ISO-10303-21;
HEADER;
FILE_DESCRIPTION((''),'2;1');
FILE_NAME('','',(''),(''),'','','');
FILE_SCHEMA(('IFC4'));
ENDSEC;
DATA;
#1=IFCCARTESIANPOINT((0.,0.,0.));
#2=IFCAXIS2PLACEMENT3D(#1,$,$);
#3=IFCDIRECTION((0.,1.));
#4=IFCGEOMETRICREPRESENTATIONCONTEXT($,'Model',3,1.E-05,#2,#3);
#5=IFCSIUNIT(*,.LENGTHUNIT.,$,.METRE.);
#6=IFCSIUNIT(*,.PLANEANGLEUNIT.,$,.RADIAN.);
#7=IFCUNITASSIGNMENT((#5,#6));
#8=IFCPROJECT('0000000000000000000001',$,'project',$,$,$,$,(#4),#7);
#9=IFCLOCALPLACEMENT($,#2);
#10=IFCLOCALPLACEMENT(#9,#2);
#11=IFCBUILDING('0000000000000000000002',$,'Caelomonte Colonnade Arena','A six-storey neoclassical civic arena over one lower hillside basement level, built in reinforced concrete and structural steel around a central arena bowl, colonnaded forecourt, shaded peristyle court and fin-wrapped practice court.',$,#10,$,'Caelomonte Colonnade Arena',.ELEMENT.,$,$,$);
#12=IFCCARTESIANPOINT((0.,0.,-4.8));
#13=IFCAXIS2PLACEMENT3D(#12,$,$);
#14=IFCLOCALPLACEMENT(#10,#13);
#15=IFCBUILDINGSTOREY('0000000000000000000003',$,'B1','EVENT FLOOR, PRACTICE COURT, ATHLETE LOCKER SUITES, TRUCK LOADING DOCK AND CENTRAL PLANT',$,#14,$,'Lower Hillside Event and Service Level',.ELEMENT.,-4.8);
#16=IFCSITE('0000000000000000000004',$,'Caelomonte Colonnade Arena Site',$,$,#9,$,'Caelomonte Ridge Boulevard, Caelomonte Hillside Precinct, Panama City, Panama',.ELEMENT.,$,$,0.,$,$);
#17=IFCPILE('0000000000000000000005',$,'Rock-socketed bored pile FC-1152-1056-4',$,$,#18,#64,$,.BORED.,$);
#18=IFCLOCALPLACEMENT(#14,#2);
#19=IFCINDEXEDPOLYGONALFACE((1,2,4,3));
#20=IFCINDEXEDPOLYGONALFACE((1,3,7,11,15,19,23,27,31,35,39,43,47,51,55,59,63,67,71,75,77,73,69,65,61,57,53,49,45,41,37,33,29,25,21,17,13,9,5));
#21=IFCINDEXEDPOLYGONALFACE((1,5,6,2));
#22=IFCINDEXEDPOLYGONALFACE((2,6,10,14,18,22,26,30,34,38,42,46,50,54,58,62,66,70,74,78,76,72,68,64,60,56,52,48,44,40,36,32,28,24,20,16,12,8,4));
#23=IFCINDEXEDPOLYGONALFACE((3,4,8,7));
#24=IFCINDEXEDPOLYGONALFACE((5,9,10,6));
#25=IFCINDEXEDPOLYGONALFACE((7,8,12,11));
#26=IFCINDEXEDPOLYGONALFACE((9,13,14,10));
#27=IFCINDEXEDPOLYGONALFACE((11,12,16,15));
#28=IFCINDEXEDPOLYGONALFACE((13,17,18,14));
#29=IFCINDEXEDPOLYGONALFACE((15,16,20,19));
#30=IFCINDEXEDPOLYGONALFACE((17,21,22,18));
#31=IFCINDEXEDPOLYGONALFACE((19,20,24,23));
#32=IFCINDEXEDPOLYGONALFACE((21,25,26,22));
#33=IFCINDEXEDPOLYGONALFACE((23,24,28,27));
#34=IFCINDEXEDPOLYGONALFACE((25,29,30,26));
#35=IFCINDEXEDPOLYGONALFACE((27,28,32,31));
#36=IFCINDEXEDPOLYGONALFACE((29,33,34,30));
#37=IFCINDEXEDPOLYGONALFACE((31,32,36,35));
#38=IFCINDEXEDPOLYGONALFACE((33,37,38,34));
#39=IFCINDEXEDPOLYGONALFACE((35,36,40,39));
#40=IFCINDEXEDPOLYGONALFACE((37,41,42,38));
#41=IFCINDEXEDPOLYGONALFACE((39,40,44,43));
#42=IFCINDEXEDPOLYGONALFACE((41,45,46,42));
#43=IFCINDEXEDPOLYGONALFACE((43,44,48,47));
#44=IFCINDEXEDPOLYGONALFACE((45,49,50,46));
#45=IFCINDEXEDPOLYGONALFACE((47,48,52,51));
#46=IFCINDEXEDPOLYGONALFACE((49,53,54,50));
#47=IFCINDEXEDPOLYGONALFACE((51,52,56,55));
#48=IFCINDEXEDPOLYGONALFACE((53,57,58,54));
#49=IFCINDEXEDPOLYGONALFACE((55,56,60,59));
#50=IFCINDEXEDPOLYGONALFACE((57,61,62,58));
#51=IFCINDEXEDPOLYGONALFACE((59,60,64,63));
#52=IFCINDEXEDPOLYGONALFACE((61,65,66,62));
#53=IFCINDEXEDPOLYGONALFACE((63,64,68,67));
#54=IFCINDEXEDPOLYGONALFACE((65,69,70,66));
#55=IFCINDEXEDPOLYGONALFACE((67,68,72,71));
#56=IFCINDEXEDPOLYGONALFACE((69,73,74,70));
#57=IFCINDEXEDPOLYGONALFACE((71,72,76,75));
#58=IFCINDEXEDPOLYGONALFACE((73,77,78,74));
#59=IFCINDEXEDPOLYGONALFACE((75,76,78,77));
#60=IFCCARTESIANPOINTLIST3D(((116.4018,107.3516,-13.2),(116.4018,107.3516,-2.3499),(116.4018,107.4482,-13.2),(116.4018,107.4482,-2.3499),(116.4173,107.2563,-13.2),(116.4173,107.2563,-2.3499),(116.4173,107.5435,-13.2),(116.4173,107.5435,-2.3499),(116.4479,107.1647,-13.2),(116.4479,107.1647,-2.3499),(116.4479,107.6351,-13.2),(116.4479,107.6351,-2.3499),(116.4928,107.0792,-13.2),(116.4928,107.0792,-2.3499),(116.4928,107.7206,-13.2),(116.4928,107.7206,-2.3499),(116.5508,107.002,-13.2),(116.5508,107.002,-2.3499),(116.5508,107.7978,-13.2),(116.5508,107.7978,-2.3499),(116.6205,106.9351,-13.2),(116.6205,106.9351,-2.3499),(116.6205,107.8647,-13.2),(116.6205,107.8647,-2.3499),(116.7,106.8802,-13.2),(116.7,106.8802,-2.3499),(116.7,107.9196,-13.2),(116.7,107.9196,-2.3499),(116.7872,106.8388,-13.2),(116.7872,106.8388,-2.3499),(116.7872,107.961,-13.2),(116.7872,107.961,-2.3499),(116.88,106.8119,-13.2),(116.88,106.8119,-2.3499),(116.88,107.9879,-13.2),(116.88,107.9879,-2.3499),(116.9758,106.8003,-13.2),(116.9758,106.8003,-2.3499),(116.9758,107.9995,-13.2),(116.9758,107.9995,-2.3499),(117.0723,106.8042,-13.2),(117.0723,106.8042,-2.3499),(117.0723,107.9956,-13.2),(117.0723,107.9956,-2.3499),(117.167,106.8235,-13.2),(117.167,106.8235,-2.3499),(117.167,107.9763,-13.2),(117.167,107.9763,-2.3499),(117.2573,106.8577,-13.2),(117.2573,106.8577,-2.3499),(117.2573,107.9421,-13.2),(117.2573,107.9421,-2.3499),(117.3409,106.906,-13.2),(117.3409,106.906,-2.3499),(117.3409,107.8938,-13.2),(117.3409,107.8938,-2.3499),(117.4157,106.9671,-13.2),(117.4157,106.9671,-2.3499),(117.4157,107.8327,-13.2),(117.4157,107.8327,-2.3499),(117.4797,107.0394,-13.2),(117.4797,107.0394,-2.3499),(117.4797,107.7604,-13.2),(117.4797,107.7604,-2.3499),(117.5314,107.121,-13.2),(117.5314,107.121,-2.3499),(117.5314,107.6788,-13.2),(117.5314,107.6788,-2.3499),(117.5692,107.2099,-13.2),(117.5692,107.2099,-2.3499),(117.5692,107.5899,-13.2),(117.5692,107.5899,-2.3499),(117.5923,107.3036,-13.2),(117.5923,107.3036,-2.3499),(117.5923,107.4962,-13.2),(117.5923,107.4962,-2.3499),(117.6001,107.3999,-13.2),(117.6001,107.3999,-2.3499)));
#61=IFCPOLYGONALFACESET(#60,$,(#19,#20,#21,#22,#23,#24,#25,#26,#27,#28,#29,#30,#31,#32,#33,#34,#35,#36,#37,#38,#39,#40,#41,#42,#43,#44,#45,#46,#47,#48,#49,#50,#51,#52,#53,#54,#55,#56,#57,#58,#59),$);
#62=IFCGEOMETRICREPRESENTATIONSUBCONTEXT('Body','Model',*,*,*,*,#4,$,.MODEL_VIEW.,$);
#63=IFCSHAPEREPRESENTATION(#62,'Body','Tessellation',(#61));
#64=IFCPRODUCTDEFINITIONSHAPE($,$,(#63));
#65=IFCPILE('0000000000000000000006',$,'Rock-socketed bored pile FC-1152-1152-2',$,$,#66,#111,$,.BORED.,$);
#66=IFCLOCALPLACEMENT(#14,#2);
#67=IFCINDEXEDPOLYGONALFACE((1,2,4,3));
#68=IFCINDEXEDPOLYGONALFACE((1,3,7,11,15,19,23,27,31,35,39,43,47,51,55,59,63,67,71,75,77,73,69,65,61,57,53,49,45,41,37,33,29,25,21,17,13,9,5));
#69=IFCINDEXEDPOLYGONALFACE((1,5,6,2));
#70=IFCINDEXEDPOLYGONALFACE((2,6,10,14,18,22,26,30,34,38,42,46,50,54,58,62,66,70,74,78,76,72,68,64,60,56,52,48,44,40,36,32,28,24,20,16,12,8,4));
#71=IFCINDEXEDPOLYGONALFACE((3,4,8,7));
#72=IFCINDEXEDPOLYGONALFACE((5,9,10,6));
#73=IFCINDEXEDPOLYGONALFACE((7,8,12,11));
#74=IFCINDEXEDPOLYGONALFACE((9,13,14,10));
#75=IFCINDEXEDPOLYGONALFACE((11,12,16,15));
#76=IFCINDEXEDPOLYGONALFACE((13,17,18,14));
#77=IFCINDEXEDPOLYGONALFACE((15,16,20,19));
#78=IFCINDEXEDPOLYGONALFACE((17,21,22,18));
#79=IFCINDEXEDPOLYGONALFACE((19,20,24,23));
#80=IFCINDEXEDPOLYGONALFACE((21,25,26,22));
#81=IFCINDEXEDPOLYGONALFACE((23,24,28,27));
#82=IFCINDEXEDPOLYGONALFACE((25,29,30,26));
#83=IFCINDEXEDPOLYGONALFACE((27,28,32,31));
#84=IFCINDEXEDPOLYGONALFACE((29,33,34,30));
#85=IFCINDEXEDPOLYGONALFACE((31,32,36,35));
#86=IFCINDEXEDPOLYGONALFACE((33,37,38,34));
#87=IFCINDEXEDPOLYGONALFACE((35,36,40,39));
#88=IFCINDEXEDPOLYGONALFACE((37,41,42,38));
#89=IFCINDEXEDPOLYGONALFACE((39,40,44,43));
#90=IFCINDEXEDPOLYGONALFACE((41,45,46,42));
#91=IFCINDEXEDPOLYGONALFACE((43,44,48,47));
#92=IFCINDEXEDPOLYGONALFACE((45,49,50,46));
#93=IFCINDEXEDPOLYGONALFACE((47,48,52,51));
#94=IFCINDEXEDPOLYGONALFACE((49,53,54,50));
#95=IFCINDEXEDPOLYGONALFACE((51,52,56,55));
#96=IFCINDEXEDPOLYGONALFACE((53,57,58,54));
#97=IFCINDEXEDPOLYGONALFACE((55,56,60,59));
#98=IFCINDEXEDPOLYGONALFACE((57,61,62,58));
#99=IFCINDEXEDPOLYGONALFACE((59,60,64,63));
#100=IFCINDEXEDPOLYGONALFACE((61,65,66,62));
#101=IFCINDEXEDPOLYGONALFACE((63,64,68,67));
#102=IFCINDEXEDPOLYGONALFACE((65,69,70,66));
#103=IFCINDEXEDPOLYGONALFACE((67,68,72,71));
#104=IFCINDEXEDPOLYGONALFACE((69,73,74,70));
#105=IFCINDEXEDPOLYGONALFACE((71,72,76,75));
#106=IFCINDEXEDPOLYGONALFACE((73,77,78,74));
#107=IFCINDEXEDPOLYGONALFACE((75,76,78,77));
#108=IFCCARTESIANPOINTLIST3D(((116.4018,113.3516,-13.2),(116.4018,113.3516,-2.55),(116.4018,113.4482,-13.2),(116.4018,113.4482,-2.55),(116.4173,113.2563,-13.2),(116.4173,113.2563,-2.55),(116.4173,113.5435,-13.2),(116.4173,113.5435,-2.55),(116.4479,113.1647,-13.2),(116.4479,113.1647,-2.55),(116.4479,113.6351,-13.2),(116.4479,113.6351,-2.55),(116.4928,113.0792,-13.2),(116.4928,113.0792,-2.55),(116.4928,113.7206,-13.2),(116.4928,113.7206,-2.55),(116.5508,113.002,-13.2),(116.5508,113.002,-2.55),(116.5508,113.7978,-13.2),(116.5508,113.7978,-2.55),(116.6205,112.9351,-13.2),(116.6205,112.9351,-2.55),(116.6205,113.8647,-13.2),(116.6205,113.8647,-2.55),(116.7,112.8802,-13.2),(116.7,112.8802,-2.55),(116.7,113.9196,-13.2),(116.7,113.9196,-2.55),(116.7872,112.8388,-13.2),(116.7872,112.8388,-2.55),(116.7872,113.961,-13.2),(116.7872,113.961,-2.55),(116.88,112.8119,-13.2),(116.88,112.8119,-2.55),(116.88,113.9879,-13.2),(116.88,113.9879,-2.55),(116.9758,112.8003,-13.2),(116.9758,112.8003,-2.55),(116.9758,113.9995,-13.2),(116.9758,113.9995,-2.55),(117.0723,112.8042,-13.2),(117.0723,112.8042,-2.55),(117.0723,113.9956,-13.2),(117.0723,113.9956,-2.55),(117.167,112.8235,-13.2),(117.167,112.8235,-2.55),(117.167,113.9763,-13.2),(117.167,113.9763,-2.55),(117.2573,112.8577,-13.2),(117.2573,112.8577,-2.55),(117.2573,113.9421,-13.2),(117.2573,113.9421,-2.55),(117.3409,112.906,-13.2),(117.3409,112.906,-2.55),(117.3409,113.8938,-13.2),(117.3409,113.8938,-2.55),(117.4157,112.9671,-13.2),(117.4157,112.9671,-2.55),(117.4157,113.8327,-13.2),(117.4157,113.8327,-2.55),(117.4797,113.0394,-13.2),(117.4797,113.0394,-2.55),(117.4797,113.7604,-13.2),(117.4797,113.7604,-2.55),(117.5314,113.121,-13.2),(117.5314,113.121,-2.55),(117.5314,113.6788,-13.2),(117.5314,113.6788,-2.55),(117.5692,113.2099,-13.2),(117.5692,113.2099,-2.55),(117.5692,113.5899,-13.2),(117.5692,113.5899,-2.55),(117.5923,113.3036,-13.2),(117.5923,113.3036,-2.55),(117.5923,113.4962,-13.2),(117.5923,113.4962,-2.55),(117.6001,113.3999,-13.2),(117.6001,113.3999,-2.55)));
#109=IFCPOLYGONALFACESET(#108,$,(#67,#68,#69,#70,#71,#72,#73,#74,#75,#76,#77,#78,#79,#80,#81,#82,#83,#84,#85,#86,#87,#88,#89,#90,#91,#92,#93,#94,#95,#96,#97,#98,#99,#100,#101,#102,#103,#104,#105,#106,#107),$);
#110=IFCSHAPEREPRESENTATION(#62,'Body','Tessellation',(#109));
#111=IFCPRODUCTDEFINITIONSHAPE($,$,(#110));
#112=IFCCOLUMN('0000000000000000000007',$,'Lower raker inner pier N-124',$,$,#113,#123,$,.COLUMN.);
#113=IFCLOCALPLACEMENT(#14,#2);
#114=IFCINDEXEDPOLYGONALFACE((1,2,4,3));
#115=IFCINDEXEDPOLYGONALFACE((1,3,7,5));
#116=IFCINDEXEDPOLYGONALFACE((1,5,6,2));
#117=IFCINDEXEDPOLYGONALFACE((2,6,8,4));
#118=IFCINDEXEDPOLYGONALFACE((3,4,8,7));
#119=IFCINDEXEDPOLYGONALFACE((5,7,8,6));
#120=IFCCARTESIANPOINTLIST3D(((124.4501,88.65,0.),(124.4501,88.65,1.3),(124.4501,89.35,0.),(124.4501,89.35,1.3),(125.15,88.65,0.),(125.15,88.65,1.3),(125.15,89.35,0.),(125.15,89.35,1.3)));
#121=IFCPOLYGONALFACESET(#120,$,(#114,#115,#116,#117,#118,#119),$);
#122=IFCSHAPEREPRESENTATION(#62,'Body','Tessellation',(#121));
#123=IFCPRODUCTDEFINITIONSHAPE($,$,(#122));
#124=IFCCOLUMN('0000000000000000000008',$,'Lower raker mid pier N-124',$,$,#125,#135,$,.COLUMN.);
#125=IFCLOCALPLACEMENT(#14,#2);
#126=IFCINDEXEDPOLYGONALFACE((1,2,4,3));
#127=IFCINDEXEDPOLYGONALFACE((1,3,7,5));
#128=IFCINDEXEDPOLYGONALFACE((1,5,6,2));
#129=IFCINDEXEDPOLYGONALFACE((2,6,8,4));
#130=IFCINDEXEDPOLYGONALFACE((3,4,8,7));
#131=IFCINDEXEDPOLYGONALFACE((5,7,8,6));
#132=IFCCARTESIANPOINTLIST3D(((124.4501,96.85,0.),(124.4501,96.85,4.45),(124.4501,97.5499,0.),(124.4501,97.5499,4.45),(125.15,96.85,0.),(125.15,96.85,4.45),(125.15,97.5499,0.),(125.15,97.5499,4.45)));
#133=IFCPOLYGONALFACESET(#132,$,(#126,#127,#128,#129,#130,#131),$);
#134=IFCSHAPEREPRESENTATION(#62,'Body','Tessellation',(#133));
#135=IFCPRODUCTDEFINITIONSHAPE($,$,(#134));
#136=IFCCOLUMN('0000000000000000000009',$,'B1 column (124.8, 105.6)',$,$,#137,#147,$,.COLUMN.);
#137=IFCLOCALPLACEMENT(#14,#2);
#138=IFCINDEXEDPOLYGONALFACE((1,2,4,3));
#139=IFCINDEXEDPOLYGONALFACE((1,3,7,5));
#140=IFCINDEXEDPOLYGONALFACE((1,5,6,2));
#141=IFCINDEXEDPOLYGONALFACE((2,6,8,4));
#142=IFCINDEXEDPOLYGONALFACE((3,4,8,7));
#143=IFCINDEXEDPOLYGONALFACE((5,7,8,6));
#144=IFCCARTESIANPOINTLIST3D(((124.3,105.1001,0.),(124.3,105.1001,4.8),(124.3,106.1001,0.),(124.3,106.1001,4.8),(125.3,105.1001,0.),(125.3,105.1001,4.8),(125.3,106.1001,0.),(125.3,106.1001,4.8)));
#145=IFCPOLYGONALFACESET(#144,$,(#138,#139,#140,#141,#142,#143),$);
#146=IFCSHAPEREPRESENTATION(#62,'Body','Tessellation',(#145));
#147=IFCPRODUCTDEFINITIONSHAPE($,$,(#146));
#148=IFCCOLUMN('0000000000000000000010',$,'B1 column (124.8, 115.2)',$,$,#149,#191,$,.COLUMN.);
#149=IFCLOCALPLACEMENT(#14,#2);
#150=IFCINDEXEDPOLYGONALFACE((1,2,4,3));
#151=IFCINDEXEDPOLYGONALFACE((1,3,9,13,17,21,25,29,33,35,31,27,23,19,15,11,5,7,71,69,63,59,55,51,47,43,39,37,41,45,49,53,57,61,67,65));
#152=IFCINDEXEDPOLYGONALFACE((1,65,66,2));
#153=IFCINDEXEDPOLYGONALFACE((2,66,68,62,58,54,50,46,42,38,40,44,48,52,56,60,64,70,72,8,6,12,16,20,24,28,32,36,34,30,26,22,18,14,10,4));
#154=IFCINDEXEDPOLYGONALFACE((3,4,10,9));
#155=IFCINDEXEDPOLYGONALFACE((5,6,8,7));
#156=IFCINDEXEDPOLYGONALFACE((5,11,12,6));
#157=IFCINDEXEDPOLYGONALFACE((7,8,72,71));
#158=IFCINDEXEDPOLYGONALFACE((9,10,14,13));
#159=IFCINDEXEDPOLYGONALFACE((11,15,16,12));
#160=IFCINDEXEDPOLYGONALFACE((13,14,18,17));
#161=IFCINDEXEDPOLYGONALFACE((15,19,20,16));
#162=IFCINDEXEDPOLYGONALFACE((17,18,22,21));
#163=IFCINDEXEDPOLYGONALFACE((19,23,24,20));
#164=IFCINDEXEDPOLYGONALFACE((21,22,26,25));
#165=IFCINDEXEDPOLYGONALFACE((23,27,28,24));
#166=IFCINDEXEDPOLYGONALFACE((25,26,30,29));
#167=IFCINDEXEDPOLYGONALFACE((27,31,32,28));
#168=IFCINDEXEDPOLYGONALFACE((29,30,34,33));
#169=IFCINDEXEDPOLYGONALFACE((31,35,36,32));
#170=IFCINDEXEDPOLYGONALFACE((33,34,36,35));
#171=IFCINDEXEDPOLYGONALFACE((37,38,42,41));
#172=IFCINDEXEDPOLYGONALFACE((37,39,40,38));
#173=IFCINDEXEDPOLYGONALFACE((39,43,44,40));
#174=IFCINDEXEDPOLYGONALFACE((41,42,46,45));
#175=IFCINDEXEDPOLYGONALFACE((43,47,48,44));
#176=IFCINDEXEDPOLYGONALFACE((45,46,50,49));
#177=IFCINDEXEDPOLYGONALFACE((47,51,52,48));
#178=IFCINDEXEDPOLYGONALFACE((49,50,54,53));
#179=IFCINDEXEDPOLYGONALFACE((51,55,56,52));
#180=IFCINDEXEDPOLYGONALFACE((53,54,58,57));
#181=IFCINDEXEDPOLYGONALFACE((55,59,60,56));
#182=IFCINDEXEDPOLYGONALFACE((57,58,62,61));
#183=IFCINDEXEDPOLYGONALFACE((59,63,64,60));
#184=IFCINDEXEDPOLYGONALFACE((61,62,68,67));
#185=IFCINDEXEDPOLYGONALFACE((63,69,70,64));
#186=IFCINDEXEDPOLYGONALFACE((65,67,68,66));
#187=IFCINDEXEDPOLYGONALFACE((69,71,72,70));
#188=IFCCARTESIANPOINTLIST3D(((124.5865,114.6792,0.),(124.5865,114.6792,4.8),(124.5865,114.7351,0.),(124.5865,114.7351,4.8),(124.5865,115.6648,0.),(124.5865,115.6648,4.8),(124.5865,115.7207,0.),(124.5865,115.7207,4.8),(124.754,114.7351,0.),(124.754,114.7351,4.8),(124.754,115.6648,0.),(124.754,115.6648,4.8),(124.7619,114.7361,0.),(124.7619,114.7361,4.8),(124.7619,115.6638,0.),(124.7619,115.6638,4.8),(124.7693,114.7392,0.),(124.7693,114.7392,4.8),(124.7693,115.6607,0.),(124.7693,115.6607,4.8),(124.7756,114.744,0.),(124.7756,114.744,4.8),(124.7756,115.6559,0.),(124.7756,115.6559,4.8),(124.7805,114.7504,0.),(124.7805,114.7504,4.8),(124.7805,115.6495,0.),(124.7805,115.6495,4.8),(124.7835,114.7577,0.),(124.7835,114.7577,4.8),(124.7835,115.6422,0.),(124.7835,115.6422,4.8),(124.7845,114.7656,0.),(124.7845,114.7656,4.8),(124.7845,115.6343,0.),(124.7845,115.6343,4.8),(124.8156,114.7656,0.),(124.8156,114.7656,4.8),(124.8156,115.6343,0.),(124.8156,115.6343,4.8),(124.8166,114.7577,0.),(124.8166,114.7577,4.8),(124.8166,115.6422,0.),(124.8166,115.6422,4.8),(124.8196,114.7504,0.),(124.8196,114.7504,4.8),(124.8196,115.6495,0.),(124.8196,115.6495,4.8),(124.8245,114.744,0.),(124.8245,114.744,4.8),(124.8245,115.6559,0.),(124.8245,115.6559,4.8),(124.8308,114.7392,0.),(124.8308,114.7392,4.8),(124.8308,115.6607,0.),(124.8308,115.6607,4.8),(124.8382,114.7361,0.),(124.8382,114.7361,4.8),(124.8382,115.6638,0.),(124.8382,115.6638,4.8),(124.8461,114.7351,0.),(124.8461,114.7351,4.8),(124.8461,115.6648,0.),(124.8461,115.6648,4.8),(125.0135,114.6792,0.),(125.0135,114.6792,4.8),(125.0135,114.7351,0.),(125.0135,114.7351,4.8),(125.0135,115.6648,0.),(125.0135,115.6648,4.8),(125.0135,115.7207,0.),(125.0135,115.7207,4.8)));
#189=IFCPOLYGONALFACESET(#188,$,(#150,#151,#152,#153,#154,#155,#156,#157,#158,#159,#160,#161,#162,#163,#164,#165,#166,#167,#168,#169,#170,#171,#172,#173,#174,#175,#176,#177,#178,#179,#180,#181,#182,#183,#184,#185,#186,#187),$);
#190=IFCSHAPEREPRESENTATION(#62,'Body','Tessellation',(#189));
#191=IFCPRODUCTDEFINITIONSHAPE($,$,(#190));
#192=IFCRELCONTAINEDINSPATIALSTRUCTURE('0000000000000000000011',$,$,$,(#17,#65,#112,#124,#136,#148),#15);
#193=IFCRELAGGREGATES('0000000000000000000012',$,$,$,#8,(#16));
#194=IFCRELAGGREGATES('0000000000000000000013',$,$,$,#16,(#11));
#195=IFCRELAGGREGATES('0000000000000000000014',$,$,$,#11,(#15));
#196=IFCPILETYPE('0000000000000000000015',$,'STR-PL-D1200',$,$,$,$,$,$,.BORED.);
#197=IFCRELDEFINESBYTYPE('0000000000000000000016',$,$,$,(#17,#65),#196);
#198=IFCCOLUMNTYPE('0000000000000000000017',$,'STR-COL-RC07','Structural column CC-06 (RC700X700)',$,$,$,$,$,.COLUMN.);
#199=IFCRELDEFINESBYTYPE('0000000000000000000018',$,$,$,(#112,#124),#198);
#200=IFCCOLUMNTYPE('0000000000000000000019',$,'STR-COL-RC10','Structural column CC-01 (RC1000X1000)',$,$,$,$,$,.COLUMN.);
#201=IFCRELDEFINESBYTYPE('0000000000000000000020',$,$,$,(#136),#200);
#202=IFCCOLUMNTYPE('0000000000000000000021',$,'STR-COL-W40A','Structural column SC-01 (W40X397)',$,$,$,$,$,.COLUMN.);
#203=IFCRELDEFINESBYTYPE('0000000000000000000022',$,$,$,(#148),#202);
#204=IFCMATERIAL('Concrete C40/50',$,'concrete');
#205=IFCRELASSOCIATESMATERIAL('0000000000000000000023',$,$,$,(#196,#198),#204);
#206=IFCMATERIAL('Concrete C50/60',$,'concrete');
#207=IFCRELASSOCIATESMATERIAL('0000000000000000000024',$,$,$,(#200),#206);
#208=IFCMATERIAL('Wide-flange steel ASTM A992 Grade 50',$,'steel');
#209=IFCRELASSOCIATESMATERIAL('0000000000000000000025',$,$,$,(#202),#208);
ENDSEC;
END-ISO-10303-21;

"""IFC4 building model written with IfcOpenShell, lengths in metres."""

from ifc_helpers import new_model, si_unit, direction, frame, origin, origin_2d, place, context, subcontext, project, spatial, rectangle, circle, i_section, extrude, material, material_profile, profile_set, type_object, element, save


model = new_model("IFC4")

# Units and contexts
model_context = context("Model", 3, precision=1e-05, world=origin(), true_north=direction((0.0, 1.0)))
body_context = subcontext(model_context, "Body", "Model", "MODEL_VIEW")
ifc_project = project(units=[si_unit("LENGTHUNIT", "METRE"), si_unit("PLANEANGLEUNIT", "RADIAN")], contexts=[model_context])

# Site, building, storey
site_placement = place(None, origin())
site = spatial("IfcSite", under=ifc_project, at=site_placement, Name="Caelomonte Colonnade Arena Site", LongName="Caelomonte Ridge Boulevard, Caelomonte Hillside Precinct, Panama City, Panama", CompositionType="ELEMENT", RefElevation=0.0)
building_placement = place(site_placement, origin())
building = spatial("IfcBuilding", under=site, at=building_placement, Name="Caelomonte Colonnade Arena", Description="A six-storey neoclassical civic arena over one lower hillside basement level, built in reinforced concrete and structural steel around a central arena bowl, colonnaded forecourt, shaded peristyle court and fin-wrapped practice court.", LongName="Caelomonte Colonnade Arena", CompositionType="ELEMENT")
storey_placement = place(building_placement, frame((0.0, 0.0, -4.8)))
storey = spatial("IfcBuildingStorey", under=building, at=storey_placement, Name="B1", Description="EVENT FLOOR, PRACTICE COURT, ATHLETE LOCKER SUITES, TRUCK LOADING DOCK AND CENTRAL PLANT", LongName="Lower Hillside Event and Service Level", CompositionType="ELEMENT", Elevation=-4.8)

# Shared definitions
ifc_material_1 = material(Name="Concrete C40/50", Category="concrete")

# Piles
ifc_material_profile_1 = material_profile(ifc_material_1, circle(Radius=0.6001, at=origin_2d()), Name="PILE-D1200")
ifc_profile_set_1 = profile_set([ifc_material_profile_1], Name="Concrete C40/50")
pile_type_1 = type_object("IfcPileType", Name="STR-PL-D1200", PredefinedType="BORED", material=ifc_profile_set_1)
for number, where, z_axis, x_axis, name in (
    (1, (117.0, 107.3999, -2.3499), (0.0, 0.0, -1.0), (1.0, 0.0, 0.0), "Rock-socketed bored pile FC-1152-1056-4"),
):
    element("IfcPile", number, at=place(storey_placement, frame(where, z_axis=z_axis, x_axis=x_axis)), inside=storey, type_object=pile_type_1, Name=name, PredefinedType="BORED", context=body_context, shape_type="SweptSolid", body=[
        extrude(circle(Radius=0.6001, at=origin_2d()), origin(), (0.0, 0.0, 1.0), 10.8501),
    ])
pile_placement = place(storey_placement, frame((117.0, 113.3999, -2.55), z_axis=(0.0, 0.0, -1.0), x_axis=(1.0, 0.0, 0.0)))
element("IfcPile", 2, at=pile_placement, inside=storey, type_object=pile_type_1, Name="Rock-socketed bored pile FC-1152-1152-2", PredefinedType="BORED", context=body_context, shape_type="SweptSolid", body=[
    extrude(circle(Radius=0.6001, at=origin_2d()), origin(), (0.0, 0.0, 1.0), 10.6499),
])

# Columns
ifc_material_profile_2 = material_profile(ifc_material_1, rectangle(XDim=0.7, YDim=0.7, at=origin_2d()), Name="RC700X700")
ifc_profile_set_2 = profile_set([ifc_material_profile_2], Name="Concrete C40/50")
column_type_1 = type_object("IfcColumnType", Name="STR-COL-RC07", Description="Structural column CC-06 (RC700X700)", PredefinedType="COLUMN", material=ifc_profile_set_2)
column_1_placement = place(storey_placement, frame((124.8, 89.0, 0.0), z_axis=(0.0, 0.0, 1.0), x_axis=(1.0, 0.0, 0.0)))
element("IfcColumn", 3, at=column_1_placement, inside=storey, type_object=column_type_1, Name="Lower raker inner pier N-124", PredefinedType="COLUMN", context=body_context, shape_type="SweptSolid", body=[
    extrude(rectangle(XDim=0.7, YDim=0.7, at=origin_2d()), origin(), (0.0, 0.0, 1.0), 1.3),
])
column_2_placement = place(storey_placement, frame((124.8, 97.2, 0.0), z_axis=(0.0, 0.0, 1.0), x_axis=(1.0, 0.0, 0.0)))
element("IfcColumn", 4, at=column_2_placement, inside=storey, type_object=column_type_1, Name="Lower raker mid pier N-124", PredefinedType="COLUMN", context=body_context, shape_type="SweptSolid", body=[
    extrude(rectangle(XDim=0.7, YDim=0.7, at=origin_2d()), origin(), (0.0, 0.0, 1.0), 4.45),
])
ifc_material_2 = material(Name="Concrete C50/60", Category="concrete")
ifc_material_profile_3 = material_profile(ifc_material_2, rectangle(XDim=1.0, YDim=1.0, at=origin_2d()), Name="RC1000X1000")
ifc_profile_set_3 = profile_set([ifc_material_profile_3], Name="Concrete C50/60")
column_type_2 = type_object("IfcColumnType", Name="STR-COL-RC10", Description="Structural column CC-01 (RC1000X1000)", PredefinedType="COLUMN", material=ifc_profile_set_3)
column_3_placement = place(storey_placement, frame((124.8, 105.6001, 0.0), z_axis=(0.0, 0.0, 1.0), x_axis=(1.0, 0.0, 0.0)))
element("IfcColumn", 5, at=column_3_placement, inside=storey, type_object=column_type_2, Name="B1 column (124.8, 105.6)", PredefinedType="COLUMN", context=body_context, shape_type="SweptSolid", body=[
    extrude(rectangle(XDim=1.0, YDim=1.0, at=origin_2d()), origin(), (0.0, 0.0, 1.0), 4.8),
])
ifc_material_3 = material(Name="Wide-flange steel ASTM A992 Grade 50", Category="steel")
ifc_material_profile_4 = material_profile(ifc_material_3, i_section(OverallWidth=0.427, OverallDepth=1.0415, WebThickness=0.031, FlangeThickness=0.0559, FilletRadius=0.0305, at=origin_2d()), Name="W40X397")
ifc_profile_set_4 = profile_set([ifc_material_profile_4], Name="Wide-flange steel ASTM A992 Grade 50")
column_type_3 = type_object("IfcColumnType", Name="STR-COL-W40A", Description="Structural column SC-01 (W40X397)", PredefinedType="COLUMN", material=ifc_profile_set_4)
column_4_placement = place(storey_placement, frame((124.8, 115.2, 0.0), z_axis=(0.0, 0.0, 1.0), x_axis=(1.0, 0.0, 0.0)))
element("IfcColumn", 6, at=column_4_placement, inside=storey, type_object=column_type_3, Name="B1 column (124.8, 115.2)", PredefinedType="COLUMN", context=body_context, shape_type="SweptSolid", body=[
    extrude(i_section(OverallWidth=0.427, OverallDepth=1.0415, WebThickness=0.031, FlangeThickness=0.0559, FilletRadius=0.0305, at=origin_2d()), origin(), (0.0, 0.0, 1.0), 4.8),
])

save(model, "model.ifc")
